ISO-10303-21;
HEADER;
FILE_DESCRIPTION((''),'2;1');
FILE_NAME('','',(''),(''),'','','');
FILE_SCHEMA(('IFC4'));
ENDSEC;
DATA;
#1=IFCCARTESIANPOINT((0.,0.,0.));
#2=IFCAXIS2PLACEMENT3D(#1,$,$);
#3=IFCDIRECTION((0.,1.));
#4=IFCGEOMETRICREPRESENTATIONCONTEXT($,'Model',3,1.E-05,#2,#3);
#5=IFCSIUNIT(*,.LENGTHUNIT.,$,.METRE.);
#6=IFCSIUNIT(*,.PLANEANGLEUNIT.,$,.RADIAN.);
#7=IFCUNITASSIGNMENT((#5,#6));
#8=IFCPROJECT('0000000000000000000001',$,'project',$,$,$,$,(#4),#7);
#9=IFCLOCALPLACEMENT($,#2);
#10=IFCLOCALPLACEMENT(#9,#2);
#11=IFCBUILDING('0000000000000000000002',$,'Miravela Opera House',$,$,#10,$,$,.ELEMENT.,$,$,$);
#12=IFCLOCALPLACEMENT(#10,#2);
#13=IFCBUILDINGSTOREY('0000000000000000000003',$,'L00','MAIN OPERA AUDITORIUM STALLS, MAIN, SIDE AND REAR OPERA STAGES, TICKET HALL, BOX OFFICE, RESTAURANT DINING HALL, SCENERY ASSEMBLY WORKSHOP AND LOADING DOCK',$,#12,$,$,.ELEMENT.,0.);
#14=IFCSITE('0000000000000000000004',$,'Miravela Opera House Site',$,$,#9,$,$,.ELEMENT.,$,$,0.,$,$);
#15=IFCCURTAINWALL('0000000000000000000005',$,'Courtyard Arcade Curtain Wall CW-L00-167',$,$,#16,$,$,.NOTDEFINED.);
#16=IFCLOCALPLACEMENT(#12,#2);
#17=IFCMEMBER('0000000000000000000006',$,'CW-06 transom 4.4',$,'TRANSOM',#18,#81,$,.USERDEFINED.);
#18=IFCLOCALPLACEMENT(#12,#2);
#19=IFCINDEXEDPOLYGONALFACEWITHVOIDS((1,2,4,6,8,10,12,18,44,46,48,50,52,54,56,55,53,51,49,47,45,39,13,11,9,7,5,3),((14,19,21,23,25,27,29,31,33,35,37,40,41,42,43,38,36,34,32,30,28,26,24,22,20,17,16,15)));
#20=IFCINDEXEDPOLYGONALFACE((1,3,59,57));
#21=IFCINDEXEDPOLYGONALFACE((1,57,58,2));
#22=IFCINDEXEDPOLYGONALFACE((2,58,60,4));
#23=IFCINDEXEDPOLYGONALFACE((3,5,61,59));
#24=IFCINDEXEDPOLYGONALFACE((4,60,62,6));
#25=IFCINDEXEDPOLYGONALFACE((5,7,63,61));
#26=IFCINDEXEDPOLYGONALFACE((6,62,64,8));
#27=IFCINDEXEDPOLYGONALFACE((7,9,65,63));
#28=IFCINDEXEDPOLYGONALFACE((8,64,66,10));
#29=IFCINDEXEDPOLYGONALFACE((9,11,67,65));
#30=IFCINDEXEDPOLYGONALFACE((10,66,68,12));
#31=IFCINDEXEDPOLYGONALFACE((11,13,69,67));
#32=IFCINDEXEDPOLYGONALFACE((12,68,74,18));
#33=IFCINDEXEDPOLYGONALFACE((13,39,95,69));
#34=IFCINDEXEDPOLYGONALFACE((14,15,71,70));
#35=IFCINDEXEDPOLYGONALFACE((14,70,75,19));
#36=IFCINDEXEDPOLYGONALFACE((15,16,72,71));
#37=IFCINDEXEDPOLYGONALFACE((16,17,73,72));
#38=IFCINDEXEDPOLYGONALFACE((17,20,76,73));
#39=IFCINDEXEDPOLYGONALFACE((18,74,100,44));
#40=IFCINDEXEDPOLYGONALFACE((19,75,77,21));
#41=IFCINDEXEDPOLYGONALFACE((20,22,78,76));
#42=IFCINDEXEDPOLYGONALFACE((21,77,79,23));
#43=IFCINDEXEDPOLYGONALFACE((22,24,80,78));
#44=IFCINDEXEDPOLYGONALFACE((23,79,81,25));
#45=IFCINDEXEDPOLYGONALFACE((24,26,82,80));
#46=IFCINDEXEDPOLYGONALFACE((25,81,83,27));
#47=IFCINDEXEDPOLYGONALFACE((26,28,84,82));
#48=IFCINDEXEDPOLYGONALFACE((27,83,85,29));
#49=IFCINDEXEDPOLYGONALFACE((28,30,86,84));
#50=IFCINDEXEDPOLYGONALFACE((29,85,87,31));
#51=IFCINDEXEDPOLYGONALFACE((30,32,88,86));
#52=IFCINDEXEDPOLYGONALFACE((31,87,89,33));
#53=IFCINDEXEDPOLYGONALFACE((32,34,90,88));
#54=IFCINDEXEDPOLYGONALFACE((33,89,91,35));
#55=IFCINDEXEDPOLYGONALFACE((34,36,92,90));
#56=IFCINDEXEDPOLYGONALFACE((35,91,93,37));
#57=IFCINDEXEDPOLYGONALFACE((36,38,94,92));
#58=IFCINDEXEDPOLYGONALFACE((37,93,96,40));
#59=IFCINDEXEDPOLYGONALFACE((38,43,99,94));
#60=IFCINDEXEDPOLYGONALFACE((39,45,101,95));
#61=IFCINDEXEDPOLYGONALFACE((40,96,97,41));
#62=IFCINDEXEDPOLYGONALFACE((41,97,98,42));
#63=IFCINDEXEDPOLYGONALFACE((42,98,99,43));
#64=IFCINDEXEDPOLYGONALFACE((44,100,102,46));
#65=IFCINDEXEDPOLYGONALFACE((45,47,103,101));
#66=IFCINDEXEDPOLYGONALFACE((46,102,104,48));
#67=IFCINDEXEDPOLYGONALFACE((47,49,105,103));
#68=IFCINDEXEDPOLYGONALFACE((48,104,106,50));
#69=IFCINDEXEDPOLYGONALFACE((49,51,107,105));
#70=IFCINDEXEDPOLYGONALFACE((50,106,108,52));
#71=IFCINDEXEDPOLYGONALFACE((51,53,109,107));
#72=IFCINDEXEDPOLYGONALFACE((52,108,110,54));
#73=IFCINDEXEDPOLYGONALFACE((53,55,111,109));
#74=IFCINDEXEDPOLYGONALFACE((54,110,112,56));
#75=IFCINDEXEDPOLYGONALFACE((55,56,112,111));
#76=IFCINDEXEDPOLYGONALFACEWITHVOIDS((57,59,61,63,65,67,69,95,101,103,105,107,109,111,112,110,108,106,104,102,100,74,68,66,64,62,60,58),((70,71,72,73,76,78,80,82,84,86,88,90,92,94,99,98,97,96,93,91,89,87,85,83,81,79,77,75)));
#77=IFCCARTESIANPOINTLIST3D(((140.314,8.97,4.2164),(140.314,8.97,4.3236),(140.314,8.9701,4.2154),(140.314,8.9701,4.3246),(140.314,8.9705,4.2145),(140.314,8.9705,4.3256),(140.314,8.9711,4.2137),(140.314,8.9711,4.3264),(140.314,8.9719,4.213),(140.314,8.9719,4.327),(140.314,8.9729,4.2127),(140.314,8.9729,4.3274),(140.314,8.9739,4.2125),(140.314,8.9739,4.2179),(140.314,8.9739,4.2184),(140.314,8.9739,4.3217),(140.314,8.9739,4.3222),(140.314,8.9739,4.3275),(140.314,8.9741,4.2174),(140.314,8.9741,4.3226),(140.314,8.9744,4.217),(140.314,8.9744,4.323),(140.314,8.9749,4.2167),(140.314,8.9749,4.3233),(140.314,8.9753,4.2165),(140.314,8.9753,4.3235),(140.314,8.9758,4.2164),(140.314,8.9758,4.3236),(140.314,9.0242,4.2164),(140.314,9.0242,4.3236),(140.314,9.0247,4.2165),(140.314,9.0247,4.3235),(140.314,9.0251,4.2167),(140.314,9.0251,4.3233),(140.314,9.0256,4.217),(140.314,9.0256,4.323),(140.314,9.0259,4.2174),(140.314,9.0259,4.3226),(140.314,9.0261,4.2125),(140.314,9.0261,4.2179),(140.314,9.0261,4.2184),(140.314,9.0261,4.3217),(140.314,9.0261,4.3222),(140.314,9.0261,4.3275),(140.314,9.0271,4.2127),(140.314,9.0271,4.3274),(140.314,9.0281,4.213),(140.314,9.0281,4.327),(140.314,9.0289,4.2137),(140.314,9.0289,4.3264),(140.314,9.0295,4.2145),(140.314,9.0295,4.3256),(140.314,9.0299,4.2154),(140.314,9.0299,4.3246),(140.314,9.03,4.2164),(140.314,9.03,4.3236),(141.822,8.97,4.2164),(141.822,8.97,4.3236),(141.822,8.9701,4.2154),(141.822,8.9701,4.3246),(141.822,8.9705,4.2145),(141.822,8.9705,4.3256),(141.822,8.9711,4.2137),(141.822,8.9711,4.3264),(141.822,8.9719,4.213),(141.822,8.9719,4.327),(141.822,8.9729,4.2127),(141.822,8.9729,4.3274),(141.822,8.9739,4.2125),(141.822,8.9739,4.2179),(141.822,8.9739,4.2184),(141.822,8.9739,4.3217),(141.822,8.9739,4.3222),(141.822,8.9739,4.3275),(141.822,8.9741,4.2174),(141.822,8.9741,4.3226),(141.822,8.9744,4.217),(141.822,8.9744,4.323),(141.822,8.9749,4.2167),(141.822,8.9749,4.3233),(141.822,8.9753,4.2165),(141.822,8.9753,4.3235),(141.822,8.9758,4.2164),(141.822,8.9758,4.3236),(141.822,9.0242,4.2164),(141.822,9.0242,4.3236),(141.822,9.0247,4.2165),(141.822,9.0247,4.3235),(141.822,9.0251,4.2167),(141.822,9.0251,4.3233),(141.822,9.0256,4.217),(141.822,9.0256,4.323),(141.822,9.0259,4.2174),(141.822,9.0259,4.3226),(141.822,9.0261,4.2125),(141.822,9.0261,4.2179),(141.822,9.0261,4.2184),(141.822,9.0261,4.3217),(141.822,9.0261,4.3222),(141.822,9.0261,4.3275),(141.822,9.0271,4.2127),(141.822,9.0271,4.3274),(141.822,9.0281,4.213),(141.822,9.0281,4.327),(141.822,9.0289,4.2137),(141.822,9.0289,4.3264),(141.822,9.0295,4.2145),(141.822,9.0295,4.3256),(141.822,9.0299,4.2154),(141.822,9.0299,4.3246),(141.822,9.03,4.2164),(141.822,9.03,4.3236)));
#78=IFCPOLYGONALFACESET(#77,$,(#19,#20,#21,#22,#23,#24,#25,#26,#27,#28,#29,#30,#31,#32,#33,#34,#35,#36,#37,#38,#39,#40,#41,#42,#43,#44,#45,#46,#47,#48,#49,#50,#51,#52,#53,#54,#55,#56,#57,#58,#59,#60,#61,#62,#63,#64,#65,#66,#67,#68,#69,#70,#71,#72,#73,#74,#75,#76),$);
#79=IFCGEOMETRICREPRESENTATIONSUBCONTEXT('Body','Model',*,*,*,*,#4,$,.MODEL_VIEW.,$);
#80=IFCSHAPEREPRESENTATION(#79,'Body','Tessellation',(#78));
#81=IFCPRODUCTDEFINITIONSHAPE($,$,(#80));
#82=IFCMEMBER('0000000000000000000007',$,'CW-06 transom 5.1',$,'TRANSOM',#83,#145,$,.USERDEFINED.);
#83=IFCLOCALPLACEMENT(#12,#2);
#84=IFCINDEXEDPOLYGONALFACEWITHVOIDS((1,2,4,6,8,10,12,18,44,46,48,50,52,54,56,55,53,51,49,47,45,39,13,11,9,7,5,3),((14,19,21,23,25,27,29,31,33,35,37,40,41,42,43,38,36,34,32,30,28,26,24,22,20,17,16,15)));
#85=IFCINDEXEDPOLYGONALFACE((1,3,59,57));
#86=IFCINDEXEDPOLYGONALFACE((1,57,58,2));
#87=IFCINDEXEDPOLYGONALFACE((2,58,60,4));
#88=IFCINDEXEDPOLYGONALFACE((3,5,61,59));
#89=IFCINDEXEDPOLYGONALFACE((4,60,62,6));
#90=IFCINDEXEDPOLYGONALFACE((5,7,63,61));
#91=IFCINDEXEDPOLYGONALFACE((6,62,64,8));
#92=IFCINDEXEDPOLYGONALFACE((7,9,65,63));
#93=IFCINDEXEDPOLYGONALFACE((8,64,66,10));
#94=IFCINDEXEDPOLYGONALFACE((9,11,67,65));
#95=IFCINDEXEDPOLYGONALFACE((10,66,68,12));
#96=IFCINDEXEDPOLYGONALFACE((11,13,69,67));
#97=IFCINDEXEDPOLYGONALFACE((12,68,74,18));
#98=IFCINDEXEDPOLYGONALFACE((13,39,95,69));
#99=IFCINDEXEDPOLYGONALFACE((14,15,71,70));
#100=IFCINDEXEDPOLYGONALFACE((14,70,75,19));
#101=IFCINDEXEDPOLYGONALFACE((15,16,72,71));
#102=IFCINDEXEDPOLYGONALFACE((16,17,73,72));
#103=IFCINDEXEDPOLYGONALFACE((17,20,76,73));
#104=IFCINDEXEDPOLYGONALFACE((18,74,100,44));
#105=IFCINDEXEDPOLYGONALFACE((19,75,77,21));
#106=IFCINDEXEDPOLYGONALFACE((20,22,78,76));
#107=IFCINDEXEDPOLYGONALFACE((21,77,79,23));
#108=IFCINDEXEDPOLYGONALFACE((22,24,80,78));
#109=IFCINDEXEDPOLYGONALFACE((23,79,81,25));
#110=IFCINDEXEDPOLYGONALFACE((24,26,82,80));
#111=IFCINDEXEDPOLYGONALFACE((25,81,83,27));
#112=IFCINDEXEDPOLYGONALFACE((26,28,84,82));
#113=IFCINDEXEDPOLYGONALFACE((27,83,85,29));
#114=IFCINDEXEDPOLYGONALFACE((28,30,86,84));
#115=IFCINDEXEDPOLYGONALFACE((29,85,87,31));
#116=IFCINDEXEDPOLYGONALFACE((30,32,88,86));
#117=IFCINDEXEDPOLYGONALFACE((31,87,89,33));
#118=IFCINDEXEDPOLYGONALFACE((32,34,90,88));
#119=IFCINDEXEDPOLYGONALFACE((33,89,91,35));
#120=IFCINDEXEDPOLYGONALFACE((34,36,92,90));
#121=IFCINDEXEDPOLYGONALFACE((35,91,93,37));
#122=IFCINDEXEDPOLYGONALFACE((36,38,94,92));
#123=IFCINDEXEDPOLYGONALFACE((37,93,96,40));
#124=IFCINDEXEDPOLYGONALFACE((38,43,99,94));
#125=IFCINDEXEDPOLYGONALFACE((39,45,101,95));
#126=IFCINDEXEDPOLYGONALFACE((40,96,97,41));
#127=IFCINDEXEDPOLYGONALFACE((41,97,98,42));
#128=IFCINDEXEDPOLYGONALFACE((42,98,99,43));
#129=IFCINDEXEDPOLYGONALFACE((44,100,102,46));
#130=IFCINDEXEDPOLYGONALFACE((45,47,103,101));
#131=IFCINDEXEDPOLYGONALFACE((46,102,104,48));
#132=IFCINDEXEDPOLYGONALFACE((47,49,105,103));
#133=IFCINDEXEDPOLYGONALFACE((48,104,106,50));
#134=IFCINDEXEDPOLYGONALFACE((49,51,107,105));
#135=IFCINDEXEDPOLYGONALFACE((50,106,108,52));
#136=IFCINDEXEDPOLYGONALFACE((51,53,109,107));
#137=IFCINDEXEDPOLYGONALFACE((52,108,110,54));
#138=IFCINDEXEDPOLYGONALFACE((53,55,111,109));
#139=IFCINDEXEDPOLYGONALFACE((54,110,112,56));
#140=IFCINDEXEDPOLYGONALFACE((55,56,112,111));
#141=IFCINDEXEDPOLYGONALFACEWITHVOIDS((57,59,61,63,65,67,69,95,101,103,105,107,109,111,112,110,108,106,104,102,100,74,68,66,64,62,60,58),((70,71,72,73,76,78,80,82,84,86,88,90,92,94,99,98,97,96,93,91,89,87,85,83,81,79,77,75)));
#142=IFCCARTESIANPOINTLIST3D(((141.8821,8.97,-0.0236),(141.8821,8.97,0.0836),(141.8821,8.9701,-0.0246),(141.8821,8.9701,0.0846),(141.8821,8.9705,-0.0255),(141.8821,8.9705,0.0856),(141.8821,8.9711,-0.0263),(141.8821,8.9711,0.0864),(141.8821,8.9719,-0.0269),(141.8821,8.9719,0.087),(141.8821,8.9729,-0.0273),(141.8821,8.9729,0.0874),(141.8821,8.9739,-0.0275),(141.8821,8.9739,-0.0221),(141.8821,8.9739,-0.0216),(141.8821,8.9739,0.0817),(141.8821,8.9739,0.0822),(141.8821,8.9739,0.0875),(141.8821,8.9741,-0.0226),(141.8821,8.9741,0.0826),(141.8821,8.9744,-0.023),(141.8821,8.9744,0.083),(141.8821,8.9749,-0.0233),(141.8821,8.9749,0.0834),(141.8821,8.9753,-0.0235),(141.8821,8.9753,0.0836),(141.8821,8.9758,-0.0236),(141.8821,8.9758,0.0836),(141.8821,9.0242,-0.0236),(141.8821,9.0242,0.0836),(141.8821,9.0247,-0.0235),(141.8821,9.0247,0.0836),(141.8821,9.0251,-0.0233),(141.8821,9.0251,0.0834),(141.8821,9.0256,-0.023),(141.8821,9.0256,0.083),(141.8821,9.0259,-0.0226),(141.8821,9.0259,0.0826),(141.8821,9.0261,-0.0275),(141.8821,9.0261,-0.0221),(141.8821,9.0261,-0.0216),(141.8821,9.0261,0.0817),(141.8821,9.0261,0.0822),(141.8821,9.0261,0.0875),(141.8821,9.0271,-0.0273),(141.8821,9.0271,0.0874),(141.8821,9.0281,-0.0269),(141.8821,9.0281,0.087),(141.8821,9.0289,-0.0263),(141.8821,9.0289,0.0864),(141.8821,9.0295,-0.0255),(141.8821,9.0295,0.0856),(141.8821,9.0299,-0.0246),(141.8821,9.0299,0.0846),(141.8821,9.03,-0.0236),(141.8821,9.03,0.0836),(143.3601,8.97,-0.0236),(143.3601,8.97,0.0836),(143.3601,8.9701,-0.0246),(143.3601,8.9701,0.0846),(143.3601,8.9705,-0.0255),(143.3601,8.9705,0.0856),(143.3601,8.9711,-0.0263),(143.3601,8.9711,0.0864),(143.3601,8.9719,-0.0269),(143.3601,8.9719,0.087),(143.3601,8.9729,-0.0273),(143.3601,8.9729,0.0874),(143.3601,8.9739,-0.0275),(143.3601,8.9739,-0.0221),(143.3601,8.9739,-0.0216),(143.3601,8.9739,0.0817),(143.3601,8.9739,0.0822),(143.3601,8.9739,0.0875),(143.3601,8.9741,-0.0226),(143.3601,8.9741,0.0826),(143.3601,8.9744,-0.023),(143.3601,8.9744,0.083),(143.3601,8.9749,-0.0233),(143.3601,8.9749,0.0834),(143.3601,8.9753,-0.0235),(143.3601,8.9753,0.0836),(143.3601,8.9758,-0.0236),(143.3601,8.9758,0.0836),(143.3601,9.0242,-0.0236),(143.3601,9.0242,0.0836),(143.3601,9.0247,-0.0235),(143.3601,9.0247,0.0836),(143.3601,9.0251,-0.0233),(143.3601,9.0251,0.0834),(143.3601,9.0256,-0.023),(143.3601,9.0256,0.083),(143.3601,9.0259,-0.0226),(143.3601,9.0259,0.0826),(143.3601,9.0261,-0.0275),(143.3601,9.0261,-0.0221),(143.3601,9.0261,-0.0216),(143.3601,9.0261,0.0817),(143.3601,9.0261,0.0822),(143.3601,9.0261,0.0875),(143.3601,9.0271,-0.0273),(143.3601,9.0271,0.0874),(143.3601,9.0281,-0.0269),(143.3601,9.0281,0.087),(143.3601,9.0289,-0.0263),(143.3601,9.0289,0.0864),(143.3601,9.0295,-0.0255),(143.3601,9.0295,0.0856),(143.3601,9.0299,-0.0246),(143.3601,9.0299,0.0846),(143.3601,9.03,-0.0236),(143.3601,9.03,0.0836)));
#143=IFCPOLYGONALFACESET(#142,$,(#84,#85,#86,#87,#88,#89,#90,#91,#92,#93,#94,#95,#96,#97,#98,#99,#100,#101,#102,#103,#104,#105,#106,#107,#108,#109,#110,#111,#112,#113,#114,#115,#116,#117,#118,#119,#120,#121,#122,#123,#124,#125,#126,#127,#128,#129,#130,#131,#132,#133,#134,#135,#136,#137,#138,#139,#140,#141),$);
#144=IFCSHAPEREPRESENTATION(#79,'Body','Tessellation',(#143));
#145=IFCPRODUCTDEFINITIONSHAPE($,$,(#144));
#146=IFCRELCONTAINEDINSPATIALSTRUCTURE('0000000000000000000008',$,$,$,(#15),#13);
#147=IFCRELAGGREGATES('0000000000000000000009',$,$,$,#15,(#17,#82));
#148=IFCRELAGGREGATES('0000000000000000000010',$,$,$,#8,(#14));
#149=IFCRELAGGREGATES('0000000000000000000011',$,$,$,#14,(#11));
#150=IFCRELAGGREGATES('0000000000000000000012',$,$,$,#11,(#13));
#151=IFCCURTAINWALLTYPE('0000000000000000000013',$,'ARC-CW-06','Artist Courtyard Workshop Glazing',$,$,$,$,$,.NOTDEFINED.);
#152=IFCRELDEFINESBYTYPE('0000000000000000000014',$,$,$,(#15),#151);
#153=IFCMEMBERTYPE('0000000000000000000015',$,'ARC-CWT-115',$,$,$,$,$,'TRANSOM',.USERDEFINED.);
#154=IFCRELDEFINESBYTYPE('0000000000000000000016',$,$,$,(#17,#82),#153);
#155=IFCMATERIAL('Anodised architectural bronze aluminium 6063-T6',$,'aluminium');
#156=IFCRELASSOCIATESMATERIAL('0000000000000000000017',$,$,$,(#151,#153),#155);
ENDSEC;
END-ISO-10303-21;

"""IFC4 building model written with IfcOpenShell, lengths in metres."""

from ifc_helpers import new_model, si_unit, direction, frame, origin, origin_2d, place, context, subcontext, project, spatial, hollow_rectangle, extrude, material, material_profile, profile_set, type_object, element, aggregate, save


model = new_model("IFC4")

# Units and contexts
model_context = context("Model", 3, precision=1e-05, world=origin(), true_north=direction((0.0, 1.0)))
body_context = subcontext(model_context, "Body", "Model", "MODEL_VIEW")
ifc_project = project(units=[si_unit("LENGTHUNIT", "METRE"), si_unit("PLANEANGLEUNIT", "RADIAN")], contexts=[model_context])

# Site, building, storey
site_placement = place(None, origin())
site = spatial("IfcSite", under=ifc_project, at=site_placement, Name="Miravela Opera House Site", CompositionType="ELEMENT", RefElevation=0.0)
building_placement = place(site_placement, origin())
building = spatial("IfcBuilding", under=site, at=building_placement, Name="Miravela Opera House", CompositionType="ELEMENT")
storey_placement = place(building_placement, origin())
storey = spatial("IfcBuildingStorey", under=building, at=storey_placement, Name="L00", Description="MAIN OPERA AUDITORIUM STALLS, MAIN, SIDE AND REAR OPERA STAGES, TICKET HALL, BOX OFFICE, RESTAURANT DINING HALL, SCENERY ASSEMBLY WORKSHOP AND LOADING DOCK", CompositionType="ELEMENT", Elevation=0.0)

# Curtain wall, members
ifc_material_1 = material(Name="Anodised architectural bronze aluminium 6063-T6", Category="aluminium")
curtain_wall_type = type_object("IfcCurtainWallType", Name="ARC-CW-06", Description="Artist Courtyard Workshop Glazing", PredefinedType="NOTDEFINED", material=ifc_material_1)
curtain_wall_placement = place(storey_placement, origin())
curtain_wall = element("IfcCurtainWall", 1, at=curtain_wall_placement, inside=storey, type_object=curtain_wall_type, Name="Courtyard Arcade Curtain Wall CW-L00-167", PredefinedType="NOTDEFINED")
ifc_material_profile_1 = material_profile(ifc_material_1, hollow_rectangle(XDim=0.0601, YDim=0.115, WallThickness=0.0039, InnerFilletRadius=0.002, OuterFilletRadius=0.0039, at=origin_2d()), Name="CWT-60X115")
ifc_profile_set_1 = profile_set([ifc_material_profile_1])
member_type_1 = type_object("IfcMemberType", Name="ARC-CWT-115", ElementType="TRANSOM", PredefinedType="USERDEFINED", material=ifc_profile_set_1)
member_1_placement = place(storey_placement, frame((140.314, 9.0, 4.27), z_axis=(1.0, 0.0, 0.0), x_axis=(0.0, 1.0, 0.0)))
member_1 = element("IfcMember", 2, at=member_1_placement, type_object=member_type_1, Name="CW-06 transom 4.4", ObjectType="TRANSOM", PredefinedType="USERDEFINED", context=body_context, shape_type="SweptSolid", body=[
    extrude(hollow_rectangle(XDim=0.0601, YDim=0.115, WallThickness=0.0039, InnerFilletRadius=0.002, OuterFilletRadius=0.0039, at=origin_2d()), origin(), (0.0, 0.0, 1.0), 1.5081),
])
member_2_placement = place(storey_placement, frame((141.8821, 9.0, 0.03), z_axis=(1.0, 0.0, 0.0), x_axis=(0.0, 1.0, 0.0)))
member_2 = element("IfcMember", 3, at=member_2_placement, type_object=member_type_1, Name="CW-06 transom 5.1", ObjectType="TRANSOM", PredefinedType="USERDEFINED", context=body_context, shape_type="SweptSolid", body=[
    extrude(hollow_rectangle(XDim=0.0601, YDim=0.115, WallThickness=0.0039, InnerFilletRadius=0.002, OuterFilletRadius=0.0039, at=origin_2d()), origin(), (0.0, 0.0, 1.0), 1.478),
])
aggregate(curtain_wall, [member_1, member_2])

save(model, "model.ifc")
